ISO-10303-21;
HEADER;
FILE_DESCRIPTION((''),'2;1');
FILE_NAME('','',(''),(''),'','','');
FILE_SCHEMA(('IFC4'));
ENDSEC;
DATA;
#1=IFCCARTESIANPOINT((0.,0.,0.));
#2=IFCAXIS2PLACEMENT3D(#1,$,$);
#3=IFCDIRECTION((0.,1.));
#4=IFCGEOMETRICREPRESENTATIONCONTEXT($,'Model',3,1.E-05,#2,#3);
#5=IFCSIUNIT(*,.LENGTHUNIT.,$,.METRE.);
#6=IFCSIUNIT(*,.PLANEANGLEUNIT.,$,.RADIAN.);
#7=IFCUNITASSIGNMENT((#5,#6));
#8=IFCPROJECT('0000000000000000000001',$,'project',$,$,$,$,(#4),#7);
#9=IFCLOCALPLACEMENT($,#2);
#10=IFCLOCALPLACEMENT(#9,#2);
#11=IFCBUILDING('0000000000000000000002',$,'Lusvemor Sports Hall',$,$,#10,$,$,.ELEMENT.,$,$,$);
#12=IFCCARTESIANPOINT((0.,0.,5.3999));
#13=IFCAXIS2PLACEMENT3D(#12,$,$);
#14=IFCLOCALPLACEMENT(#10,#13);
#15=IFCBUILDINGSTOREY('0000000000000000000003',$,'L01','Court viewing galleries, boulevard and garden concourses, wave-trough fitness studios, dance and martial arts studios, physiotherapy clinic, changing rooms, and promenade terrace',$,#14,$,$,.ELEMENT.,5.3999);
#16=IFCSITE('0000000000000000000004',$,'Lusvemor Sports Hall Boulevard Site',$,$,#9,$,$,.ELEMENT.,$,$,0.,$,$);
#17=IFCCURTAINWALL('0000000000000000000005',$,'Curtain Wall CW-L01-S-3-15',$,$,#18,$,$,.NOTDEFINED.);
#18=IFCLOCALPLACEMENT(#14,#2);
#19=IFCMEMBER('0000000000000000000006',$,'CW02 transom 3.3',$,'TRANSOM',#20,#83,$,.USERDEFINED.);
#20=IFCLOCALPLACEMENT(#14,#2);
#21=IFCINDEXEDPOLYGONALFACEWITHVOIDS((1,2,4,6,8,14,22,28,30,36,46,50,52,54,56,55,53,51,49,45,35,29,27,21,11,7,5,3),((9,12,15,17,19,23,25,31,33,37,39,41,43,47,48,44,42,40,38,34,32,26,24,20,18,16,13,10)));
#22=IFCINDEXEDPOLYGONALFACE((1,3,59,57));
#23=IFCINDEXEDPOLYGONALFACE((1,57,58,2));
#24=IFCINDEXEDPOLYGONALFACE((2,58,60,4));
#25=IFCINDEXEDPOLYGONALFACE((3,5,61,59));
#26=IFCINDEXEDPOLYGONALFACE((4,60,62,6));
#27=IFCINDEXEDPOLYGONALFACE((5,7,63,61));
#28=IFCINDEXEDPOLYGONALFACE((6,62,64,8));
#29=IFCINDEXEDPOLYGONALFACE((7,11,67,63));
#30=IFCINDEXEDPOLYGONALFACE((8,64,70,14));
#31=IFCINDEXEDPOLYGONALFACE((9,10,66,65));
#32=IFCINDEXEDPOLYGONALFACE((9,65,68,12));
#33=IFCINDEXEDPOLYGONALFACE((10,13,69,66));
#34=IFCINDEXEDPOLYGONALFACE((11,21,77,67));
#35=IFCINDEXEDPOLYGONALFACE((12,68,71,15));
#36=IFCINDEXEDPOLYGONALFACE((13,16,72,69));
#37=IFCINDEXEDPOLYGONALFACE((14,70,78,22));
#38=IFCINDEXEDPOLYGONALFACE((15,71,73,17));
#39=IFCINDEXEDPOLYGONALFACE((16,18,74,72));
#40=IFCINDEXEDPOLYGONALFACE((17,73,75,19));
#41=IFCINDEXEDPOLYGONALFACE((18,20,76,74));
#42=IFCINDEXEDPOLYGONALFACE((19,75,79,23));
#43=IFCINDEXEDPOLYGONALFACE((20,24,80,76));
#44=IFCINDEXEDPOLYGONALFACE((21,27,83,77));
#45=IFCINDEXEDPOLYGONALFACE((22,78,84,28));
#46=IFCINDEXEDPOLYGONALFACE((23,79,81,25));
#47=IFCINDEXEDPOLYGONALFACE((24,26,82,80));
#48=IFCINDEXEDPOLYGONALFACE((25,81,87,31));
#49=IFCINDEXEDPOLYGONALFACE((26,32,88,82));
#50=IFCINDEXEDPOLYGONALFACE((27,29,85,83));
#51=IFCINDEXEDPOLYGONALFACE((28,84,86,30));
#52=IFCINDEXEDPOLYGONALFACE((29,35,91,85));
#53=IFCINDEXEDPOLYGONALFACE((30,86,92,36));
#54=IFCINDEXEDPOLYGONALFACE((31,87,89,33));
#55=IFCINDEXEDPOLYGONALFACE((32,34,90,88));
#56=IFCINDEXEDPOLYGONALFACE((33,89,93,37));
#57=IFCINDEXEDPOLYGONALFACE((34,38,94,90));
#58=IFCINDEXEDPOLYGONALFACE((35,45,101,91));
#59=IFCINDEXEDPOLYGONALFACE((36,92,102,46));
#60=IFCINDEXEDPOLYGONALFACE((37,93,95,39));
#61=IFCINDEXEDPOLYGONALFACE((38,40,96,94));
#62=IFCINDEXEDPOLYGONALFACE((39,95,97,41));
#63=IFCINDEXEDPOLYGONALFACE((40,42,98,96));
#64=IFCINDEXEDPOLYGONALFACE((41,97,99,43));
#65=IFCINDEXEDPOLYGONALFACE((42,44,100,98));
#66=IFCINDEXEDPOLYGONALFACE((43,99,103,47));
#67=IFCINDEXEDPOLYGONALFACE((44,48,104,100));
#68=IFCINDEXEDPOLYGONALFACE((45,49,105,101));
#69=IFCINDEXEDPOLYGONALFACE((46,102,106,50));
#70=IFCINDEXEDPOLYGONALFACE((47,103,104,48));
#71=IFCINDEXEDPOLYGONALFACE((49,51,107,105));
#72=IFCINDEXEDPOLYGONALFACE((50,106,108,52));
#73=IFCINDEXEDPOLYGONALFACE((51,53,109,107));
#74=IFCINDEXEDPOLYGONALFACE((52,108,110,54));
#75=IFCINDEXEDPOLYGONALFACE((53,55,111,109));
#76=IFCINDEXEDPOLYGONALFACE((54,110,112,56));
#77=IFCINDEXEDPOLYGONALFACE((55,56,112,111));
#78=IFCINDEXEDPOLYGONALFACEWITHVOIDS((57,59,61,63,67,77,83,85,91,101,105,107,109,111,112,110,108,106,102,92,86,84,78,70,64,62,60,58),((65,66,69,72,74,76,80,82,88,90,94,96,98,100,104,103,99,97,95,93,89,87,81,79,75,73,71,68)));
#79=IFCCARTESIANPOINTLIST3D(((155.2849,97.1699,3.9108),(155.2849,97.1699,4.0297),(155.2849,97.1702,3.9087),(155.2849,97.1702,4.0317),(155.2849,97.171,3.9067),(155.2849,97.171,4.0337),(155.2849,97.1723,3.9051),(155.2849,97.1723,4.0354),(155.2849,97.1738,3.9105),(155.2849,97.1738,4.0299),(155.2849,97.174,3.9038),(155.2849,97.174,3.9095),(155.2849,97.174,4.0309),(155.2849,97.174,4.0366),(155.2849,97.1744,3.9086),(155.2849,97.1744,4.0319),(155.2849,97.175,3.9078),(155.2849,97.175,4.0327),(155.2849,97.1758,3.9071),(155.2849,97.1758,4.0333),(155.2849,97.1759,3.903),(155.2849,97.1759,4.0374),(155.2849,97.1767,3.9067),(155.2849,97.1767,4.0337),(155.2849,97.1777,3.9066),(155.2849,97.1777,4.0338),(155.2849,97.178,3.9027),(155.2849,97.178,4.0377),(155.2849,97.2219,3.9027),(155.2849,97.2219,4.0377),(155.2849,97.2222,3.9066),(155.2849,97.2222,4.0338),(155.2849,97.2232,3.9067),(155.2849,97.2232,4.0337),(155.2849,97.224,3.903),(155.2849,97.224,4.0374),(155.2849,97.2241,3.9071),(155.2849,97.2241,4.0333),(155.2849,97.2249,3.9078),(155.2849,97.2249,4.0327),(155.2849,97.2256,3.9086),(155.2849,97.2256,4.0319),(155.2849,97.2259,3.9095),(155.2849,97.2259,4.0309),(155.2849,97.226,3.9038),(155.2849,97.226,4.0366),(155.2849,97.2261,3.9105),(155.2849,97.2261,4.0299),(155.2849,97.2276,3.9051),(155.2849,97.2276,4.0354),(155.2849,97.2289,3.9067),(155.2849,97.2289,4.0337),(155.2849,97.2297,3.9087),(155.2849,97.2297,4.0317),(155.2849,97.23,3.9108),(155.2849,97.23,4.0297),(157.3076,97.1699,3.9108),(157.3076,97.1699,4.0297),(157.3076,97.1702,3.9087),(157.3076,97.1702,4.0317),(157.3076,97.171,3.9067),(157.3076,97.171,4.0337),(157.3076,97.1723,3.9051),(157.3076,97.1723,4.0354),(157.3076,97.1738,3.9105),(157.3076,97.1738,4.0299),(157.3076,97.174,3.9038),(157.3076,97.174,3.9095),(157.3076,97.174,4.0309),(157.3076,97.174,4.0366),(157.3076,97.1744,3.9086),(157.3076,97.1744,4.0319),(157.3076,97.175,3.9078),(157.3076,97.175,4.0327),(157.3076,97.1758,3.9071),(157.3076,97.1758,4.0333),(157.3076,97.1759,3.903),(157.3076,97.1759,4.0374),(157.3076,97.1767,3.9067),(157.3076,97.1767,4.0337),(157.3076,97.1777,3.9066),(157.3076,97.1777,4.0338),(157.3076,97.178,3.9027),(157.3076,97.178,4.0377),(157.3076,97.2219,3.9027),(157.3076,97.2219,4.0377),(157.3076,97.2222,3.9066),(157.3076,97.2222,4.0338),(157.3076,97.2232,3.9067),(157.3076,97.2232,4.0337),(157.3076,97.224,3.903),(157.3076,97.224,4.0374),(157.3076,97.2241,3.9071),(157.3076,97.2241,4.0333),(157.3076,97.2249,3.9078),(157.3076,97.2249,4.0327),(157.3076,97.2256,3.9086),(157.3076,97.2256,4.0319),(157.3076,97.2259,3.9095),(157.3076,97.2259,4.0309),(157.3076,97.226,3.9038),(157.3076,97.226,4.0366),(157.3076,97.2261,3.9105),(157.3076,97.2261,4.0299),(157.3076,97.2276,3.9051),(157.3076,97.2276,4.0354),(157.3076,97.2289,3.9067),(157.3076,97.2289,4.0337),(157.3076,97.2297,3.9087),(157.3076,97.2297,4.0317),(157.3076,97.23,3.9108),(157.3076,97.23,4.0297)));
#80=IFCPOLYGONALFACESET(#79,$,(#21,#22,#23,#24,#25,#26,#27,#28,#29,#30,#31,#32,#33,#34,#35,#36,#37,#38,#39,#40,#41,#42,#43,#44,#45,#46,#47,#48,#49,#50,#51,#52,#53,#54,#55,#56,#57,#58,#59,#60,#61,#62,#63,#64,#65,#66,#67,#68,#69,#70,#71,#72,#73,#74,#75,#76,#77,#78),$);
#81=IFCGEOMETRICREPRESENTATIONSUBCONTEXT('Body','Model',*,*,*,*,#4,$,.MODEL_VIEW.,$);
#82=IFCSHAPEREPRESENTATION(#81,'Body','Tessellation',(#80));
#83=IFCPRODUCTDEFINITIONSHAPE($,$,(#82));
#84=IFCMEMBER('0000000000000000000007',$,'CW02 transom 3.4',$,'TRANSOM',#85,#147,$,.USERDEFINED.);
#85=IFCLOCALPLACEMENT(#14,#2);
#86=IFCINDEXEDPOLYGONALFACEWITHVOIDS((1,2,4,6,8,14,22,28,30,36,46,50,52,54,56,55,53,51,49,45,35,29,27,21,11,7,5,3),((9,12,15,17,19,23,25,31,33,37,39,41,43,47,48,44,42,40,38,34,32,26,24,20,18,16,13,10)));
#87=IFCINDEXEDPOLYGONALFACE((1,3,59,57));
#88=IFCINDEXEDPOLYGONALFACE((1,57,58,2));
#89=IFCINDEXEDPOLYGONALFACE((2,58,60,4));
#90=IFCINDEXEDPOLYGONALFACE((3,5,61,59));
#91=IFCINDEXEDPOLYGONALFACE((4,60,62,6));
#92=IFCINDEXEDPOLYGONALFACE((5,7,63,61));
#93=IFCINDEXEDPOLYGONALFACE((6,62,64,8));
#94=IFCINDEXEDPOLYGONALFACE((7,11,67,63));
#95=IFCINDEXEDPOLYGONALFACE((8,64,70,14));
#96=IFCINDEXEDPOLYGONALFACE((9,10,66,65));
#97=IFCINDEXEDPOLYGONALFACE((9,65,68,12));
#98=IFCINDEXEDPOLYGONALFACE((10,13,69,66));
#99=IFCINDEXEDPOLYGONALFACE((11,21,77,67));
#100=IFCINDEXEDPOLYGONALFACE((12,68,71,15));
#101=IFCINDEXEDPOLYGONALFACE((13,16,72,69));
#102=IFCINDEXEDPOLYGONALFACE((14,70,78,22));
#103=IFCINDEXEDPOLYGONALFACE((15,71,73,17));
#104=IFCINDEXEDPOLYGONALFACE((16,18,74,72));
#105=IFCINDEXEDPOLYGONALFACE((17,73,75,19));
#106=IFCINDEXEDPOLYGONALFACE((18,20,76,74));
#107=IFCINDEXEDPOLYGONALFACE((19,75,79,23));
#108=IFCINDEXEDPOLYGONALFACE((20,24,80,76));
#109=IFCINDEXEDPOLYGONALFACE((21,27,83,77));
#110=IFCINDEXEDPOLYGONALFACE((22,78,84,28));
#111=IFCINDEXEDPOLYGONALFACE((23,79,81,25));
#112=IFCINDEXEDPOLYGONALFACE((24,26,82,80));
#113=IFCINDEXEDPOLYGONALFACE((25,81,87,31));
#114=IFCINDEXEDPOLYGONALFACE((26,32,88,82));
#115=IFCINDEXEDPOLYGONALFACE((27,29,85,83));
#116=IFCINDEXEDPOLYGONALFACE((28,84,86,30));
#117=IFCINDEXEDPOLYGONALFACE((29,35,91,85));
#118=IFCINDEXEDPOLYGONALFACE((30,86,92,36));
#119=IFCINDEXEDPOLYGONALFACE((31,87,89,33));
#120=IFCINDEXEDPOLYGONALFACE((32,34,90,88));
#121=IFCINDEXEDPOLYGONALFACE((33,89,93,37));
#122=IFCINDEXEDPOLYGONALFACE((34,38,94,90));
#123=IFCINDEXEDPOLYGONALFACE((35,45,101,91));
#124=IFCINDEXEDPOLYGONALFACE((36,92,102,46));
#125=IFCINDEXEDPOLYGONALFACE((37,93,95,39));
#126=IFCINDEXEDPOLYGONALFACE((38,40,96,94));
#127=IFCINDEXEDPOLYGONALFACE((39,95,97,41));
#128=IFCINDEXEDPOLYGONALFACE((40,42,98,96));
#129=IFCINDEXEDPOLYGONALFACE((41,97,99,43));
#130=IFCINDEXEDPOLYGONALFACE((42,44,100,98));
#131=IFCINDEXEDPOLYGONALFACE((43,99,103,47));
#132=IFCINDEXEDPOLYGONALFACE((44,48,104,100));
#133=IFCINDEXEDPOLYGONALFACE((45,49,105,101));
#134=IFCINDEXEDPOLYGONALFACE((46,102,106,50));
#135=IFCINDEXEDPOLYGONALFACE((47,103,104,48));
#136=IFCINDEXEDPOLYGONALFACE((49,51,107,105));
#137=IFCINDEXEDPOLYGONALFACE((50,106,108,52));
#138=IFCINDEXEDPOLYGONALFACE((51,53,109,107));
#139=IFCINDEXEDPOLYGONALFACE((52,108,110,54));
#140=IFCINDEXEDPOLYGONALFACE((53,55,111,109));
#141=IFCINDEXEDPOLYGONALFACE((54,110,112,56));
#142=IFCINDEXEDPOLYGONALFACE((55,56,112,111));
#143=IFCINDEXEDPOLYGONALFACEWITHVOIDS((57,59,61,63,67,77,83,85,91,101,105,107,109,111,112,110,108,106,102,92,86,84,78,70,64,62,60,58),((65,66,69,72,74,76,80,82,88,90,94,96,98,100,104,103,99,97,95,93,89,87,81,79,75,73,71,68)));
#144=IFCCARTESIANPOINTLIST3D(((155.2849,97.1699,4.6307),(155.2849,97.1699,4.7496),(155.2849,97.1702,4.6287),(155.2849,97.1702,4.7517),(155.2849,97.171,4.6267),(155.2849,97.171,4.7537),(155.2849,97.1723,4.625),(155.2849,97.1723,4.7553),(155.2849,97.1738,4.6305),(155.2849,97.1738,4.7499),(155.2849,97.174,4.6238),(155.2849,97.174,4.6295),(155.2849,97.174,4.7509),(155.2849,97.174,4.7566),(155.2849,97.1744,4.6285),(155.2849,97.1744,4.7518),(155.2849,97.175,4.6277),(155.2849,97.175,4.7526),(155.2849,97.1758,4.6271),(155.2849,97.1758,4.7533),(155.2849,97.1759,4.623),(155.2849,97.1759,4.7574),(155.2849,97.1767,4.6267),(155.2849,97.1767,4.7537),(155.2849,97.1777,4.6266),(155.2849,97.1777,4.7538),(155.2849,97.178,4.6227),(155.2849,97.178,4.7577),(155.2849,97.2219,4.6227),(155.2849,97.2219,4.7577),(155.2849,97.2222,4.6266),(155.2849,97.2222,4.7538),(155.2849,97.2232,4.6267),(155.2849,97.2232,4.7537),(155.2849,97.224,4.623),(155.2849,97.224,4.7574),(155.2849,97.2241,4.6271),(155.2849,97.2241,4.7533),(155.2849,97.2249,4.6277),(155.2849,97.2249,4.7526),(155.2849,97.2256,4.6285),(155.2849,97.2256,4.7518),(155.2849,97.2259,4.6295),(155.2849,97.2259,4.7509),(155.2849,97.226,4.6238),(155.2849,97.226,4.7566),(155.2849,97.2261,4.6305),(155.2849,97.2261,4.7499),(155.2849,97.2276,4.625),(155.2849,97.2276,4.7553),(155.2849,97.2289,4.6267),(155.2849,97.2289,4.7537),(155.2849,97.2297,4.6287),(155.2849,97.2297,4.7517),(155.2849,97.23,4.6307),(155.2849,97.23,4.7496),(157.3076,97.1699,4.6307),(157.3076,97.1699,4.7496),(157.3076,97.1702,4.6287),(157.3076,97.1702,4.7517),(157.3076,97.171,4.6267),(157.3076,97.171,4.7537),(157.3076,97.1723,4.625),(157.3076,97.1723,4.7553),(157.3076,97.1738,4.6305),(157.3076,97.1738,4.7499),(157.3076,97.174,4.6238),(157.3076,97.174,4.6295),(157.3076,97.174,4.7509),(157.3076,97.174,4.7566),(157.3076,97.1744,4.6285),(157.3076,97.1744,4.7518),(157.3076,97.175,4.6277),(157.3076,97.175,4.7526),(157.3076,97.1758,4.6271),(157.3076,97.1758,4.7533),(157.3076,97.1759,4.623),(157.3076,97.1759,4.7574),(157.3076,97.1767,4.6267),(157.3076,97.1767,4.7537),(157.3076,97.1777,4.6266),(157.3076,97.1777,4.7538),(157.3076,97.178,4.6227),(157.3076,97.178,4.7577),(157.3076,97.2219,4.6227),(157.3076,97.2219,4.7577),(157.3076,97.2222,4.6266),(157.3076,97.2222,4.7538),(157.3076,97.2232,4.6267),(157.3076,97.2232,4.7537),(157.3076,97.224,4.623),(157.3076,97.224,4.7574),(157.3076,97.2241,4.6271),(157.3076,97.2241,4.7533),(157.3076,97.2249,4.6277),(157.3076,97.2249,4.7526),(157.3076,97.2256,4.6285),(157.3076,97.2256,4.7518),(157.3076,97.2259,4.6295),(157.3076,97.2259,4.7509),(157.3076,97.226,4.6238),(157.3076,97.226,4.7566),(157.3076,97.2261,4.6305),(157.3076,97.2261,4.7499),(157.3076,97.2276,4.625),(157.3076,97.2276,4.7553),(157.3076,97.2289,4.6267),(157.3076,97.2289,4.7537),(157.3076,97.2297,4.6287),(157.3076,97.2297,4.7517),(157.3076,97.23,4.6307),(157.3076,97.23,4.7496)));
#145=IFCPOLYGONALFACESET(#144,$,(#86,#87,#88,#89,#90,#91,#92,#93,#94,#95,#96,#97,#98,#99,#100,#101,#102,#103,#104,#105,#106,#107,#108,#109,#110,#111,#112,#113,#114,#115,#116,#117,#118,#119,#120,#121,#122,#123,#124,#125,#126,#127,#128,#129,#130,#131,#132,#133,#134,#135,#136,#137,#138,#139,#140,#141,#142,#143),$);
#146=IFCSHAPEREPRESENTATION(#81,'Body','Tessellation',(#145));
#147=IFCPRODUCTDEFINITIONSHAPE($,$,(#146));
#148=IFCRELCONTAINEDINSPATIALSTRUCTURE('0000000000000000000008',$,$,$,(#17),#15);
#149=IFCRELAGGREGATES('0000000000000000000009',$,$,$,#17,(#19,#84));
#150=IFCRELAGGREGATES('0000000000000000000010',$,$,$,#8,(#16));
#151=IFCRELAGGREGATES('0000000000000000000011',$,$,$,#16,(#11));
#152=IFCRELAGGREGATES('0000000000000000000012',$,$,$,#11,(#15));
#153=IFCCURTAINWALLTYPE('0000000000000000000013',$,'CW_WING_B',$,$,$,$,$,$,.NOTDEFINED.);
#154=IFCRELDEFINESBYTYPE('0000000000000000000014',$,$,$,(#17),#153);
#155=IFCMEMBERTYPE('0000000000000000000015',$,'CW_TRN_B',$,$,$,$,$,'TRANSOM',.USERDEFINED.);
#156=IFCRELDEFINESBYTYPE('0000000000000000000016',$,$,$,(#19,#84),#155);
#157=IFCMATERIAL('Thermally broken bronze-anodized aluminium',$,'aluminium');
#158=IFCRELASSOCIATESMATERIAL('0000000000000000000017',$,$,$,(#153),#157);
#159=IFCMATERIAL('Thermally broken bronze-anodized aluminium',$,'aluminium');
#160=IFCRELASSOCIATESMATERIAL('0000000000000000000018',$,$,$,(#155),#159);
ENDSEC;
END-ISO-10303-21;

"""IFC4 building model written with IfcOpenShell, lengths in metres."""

from ifc_helpers import new_model, si_unit, direction, frame, origin, origin_2d, place, context, subcontext, project, spatial, hollow_rectangle, extrude, material, material_profile, profile_set, type_object, element, aggregate, save


model = new_model("IFC4")

# Units and contexts
model_context = context("Model", 3, precision=1e-05, world=origin(), true_north=direction((0.0, 1.0)))
body_context = subcontext(model_context, "Body", "Model", "MODEL_VIEW")
ifc_project = project(units=[si_unit("LENGTHUNIT", "METRE"), si_unit("PLANEANGLEUNIT", "RADIAN")], contexts=[model_context])

# Site, building, storey
site_placement = place(None, origin())
site = spatial("IfcSite", under=ifc_project, at=site_placement, Name="Lusvemor Sports Hall Boulevard Site", CompositionType="ELEMENT", RefElevation=0.0)
building_placement = place(site_placement, origin())
building = spatial("IfcBuilding", under=site, at=building_placement, Name="Lusvemor Sports Hall", CompositionType="ELEMENT")
storey_placement = place(building_placement, frame((0.0, 0.0, 5.3999)))
storey = spatial("IfcBuildingStorey", under=building, at=storey_placement, Name="L01", Description="Court viewing galleries, boulevard and garden concourses, wave-trough fitness studios, dance and martial arts studios, physiotherapy clinic, changing rooms, and promenade terrace", CompositionType="ELEMENT", Elevation=5.3999)

# Curtain wall
ifc_material_1 = material(Name="Thermally broken bronze-anodized aluminium", Category="aluminium")
curtain_wall_type = type_object("IfcCurtainWallType", Name="CW_WING_B", PredefinedType="NOTDEFINED", material=ifc_material_1)
curtain_wall_1_placement = place(storey_placement, origin())
curtain_wall_1 = element("IfcCurtainWall", 1, at=curtain_wall_1_placement, inside=storey, type_object=curtain_wall_type, Name="Curtain Wall CW-L01-S-3-15", PredefinedType="NOTDEFINED")

# Members
ifc_material_2 = material(Name="Thermally broken bronze-anodized aluminium", Category="aluminium")
ifc_material_profile_1 = material_profile(ifc_material_2, hollow_rectangle(XDim=0.0601, YDim=0.135, WallThickness=0.0039, InnerFilletRadius=0.0039, OuterFilletRadius=0.0081, at=origin_2d()), Name="CWTRN135x60x4")
ifc_profile_set_1 = profile_set([ifc_material_profile_1], Name="Thermally broken bronze-anodized aluminium")
member_type_1 = type_object("IfcMemberType", Name="CW_TRN_B", ElementType="TRANSOM", PredefinedType="USERDEFINED", material=ifc_profile_set_1)
member_1_placement = place(storey_placement, frame((157.3076, 97.2, 3.9702), z_axis=(-1.0, 0.0, 0.0), x_axis=(0.0, -1.0, 0.0)))
member_1 = element("IfcMember", 2, at=member_1_placement, type_object=member_type_1, Name="CW02 transom 3.3", ObjectType="TRANSOM", PredefinedType="USERDEFINED", context=body_context, shape_type="SweptSolid", body=[
    extrude(hollow_rectangle(XDim=0.0601, YDim=0.135, WallThickness=0.0039, InnerFilletRadius=0.0039, OuterFilletRadius=0.0081, at=origin_2d()), origin(), (0.0, 0.0, 1.0), 2.0227),
])
member_2_placement = place(storey_placement, frame((157.3076, 97.2, 4.6902), z_axis=(-1.0, 0.0, 0.0), x_axis=(0.0, -1.0, 0.0)))
member_2 = element("IfcMember", 3, at=member_2_placement, type_object=member_type_1, Name="CW02 transom 3.4", ObjectType="TRANSOM", PredefinedType="USERDEFINED", context=body_context, shape_type="SweptSolid", body=[
    extrude(hollow_rectangle(XDim=0.0601, YDim=0.135, WallThickness=0.0039, InnerFilletRadius=0.0039, OuterFilletRadius=0.0081, at=origin_2d()), origin(), (0.0, 0.0, 1.0), 2.0227),
])

aggregate(curtain_wall_1, [member_1, member_2])

save(model, "model.ifc")
